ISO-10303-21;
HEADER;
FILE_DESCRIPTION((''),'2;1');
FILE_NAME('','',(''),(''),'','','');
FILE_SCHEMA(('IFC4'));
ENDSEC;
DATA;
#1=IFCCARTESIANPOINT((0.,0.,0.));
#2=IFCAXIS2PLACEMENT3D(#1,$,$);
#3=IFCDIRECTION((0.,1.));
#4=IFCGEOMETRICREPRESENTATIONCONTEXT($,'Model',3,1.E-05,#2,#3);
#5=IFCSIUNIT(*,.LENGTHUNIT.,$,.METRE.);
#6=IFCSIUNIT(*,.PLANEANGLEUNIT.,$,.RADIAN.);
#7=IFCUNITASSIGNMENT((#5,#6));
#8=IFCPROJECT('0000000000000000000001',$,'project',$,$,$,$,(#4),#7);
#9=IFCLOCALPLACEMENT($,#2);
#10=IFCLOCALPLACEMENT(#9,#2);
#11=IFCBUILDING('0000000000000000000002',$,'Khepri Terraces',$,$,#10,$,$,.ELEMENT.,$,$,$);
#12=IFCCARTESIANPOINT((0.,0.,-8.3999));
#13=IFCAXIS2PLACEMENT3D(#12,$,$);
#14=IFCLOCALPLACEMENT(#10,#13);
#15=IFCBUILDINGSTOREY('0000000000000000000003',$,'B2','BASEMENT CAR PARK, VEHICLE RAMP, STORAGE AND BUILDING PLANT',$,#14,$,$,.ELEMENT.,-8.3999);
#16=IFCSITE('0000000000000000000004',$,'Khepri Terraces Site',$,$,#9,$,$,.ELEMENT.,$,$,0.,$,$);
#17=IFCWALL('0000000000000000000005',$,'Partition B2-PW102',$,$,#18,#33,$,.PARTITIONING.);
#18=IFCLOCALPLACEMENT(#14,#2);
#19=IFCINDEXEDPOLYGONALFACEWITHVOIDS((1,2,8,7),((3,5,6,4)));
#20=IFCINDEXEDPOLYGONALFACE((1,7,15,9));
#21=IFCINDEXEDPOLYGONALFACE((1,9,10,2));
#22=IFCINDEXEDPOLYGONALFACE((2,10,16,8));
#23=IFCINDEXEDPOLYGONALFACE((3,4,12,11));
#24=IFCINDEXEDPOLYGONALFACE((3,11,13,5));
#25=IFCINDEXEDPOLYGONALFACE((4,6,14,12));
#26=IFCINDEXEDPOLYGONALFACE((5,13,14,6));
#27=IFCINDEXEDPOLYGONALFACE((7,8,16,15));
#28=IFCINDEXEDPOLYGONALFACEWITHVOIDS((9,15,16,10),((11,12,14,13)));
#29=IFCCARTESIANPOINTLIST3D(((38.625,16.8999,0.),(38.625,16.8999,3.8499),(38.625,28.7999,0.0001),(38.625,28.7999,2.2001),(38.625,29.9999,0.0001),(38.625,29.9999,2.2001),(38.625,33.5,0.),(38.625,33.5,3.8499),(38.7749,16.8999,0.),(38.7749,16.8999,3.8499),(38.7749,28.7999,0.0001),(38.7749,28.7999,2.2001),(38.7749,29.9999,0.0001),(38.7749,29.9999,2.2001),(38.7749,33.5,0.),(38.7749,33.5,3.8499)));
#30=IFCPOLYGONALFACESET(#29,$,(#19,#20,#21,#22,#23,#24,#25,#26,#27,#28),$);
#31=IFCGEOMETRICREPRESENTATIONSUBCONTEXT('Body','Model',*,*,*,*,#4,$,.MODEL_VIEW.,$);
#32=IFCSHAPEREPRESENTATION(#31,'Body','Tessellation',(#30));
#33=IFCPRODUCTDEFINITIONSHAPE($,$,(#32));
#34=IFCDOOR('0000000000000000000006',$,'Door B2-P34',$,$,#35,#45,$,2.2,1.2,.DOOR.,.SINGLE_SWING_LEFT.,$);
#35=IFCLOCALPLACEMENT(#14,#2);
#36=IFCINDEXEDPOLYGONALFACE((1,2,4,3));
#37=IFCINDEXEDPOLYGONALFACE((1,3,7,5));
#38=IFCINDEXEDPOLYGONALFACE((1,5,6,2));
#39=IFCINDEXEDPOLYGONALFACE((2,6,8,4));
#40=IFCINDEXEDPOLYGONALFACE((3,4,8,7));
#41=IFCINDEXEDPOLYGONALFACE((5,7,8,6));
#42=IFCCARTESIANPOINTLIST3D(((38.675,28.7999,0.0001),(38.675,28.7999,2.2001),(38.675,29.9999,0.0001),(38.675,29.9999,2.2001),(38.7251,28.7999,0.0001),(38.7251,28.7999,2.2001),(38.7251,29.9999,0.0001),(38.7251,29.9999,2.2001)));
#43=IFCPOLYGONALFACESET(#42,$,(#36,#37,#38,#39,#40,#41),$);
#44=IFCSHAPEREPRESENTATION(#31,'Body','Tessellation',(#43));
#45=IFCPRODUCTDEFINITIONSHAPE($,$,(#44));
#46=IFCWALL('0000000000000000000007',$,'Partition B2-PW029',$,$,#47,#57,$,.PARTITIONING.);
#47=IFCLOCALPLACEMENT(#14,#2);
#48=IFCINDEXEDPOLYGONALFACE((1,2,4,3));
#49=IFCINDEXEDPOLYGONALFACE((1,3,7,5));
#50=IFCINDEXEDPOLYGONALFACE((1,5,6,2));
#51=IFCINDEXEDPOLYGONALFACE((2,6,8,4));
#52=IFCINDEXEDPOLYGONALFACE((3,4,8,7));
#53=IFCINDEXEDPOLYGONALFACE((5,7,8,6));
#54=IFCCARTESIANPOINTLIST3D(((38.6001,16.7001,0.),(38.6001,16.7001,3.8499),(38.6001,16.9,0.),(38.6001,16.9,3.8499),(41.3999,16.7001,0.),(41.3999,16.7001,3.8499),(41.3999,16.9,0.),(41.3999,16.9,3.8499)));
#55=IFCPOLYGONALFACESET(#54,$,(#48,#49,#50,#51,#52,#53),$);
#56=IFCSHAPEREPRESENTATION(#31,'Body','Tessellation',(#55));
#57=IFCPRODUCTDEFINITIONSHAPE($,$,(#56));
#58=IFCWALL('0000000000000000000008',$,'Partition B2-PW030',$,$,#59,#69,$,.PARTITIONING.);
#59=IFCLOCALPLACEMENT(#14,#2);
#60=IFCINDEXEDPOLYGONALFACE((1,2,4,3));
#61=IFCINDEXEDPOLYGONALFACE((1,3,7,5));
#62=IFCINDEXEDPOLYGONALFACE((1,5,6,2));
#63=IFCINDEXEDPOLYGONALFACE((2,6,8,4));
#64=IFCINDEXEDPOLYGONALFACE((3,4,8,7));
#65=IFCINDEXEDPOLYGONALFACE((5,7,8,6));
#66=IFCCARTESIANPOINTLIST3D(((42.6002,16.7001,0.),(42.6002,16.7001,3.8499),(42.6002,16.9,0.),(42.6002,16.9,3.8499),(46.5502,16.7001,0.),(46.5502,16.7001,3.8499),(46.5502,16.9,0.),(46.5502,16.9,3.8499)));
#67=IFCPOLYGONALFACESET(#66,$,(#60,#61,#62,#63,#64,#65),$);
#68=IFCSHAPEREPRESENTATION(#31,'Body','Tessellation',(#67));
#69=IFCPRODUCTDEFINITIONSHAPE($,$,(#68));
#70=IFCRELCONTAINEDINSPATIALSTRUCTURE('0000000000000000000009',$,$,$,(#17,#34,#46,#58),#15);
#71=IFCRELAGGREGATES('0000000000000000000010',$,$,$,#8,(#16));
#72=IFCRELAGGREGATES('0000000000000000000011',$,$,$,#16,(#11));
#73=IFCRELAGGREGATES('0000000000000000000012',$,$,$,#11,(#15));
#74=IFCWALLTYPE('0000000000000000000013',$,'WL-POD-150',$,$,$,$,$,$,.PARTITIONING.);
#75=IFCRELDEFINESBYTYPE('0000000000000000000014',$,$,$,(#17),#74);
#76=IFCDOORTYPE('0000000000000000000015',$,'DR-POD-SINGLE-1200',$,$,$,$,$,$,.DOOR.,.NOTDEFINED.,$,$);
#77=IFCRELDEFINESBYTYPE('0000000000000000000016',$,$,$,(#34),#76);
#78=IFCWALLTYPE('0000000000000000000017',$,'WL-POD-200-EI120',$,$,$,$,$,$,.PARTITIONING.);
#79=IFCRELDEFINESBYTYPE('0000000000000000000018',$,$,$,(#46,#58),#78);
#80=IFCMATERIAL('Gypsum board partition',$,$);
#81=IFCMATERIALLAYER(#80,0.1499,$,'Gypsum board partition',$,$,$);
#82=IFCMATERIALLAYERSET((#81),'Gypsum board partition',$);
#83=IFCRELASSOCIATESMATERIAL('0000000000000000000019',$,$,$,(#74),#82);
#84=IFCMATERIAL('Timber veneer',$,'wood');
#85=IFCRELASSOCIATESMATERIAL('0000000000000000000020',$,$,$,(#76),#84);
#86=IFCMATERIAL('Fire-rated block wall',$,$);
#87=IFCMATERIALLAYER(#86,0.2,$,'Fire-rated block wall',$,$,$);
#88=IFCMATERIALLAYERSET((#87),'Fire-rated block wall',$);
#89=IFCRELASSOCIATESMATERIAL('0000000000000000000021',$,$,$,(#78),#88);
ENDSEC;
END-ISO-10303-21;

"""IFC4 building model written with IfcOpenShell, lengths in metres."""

from ifc_helpers import new_model, si_unit, direction, frame, frame_2d, origin, place, context, subcontext, project, spatial, rectangle, extrude, material, layer, layer_set, type_object, element, fill, save


model = new_model("IFC4")

# Units and contexts
model_context = context("Model", 3, precision=1e-05, world=origin(), true_north=direction((0.0, 1.0)))
body_context = subcontext(model_context, "Body", "Model", "MODEL_VIEW")
ifc_project = project(units=[si_unit("LENGTHUNIT", "METRE"), si_unit("PLANEANGLEUNIT", "RADIAN")], contexts=[model_context])

# Site, building, storey
site_placement = place(None, origin())
site = spatial("IfcSite", under=ifc_project, at=site_placement, Name="Khepri Terraces Site", CompositionType="ELEMENT", RefElevation=0.0)
building_placement = place(site_placement, origin())
building = spatial("IfcBuilding", under=site, at=building_placement, Name="Khepri Terraces", CompositionType="ELEMENT")
storey_placement = place(building_placement, frame((0.0, 0.0, -8.3999)))
storey = spatial("IfcBuildingStorey", under=building, at=storey_placement, Name="B2", Description="BASEMENT CAR PARK, VEHICLE RAMP, STORAGE AND BUILDING PLANT", CompositionType="ELEMENT", Elevation=-8.3999)

# Wall, opening, door
ifc_material_1 = material(Name="Gypsum board partition")
ifc_layer_1 = layer(ifc_material_1, 0.1499, Name="Gypsum board partition")
ifc_layer_set_1 = layer_set([ifc_layer_1], Name="Gypsum board partition")
wall_type_1 = type_object("IfcWallType", Name="WL-POD-150", PredefinedType="PARTITIONING", material=ifc_layer_set_1)
wall_1_placement = place(storey_placement, frame((38.7, 16.8999, 0.0), z_axis=(0.0, 0.0, 1.0), x_axis=(0.0, 1.0, 0.0)))
wall_1 = element("IfcWall", 1, at=wall_1_placement, inside=storey, type_object=wall_type_1, Name="Partition B2-PW102", PredefinedType="PARTITIONING", context=body_context, shape_type="SweptSolid", body=[
    extrude(rectangle(XDim=16.6001, YDim=0.1499, at=frame_2d((8.3, 0.0))), origin(), (0.0, 0.0, 1.0), 3.8499),
])
opening_placement = place(wall_1_placement, frame((11.8999, 0.0, 0.0)))
opening = element("IfcOpeningElement", 2, at=opening_placement, cuts=wall_1, PredefinedType="OPENING", context=body_context, shape_type="SweptSolid", body=[
    extrude(rectangle(XDim=1.2, YDim=2.2, at=frame_2d((0.6001, 1.1001))), frame((0.0, 0.085, 0.0), z_axis=(0.0, -1.0, 0.0), x_axis=(1.0, 0.0, 0.0)), (0.0, 0.0, 1.0), 0.1699),
])
ifc_material_2 = material(Name="Timber veneer", Category="wood")
door_type = type_object("IfcDoorType", Name="DR-POD-SINGLE-1200", OperationType="NOTDEFINED", PredefinedType="DOOR", material=ifc_material_2)
door_placement = place(opening_placement, origin())
door = element("IfcDoor", 3, at=door_placement, inside=storey, type_object=door_type, Name="Door B2-P34", OperationType="SINGLE_SWING_LEFT", OverallHeight=2.2, OverallWidth=1.2, PredefinedType="DOOR", context=body_context, shape_type="SweptSolid", body=[
    extrude(rectangle(XDim=1.2, YDim=2.2, at=frame_2d((0.6001, 1.1001))), frame((0.0, 0.0249, 0.0), z_axis=(0.0, -1.0, 0.0), x_axis=(1.0, 0.0, 0.0)), (0.0, 0.0, 1.0), 0.05),
])
fill(opening, door)

# Walls
ifc_material_3 = material(Name="Fire-rated block wall")
ifc_layer_2 = layer(ifc_material_3, 0.2, Name="Fire-rated block wall")
ifc_layer_set_2 = layer_set([ifc_layer_2], Name="Fire-rated block wall")
wall_type_2 = type_object("IfcWallType", Name="WL-POD-200-EI120", PredefinedType="PARTITIONING", material=ifc_layer_set_2)
wall_2_placement = place(storey_placement, frame((38.6001, 16.8, 0.0), z_axis=(0.0, 0.0, 1.0), x_axis=(1.0, 0.0, 0.0)))
element("IfcWall", 4, at=wall_2_placement, inside=storey, type_object=wall_type_2, Name="Partition B2-PW029", PredefinedType="PARTITIONING", context=body_context, shape_type="SweptSolid", body=[
    extrude(rectangle(XDim=2.7998, YDim=0.2, at=frame_2d((1.3999, 0.0))), origin(), (0.0, 0.0, 1.0), 3.8499),
])
wall_3_placement = place(storey_placement, frame((42.6001, 16.8, 0.0), z_axis=(0.0, 0.0, 1.0), x_axis=(1.0, 0.0, 0.0)))
element("IfcWall", 5, at=wall_3_placement, inside=storey, type_object=wall_type_2, Name="Partition B2-PW030", PredefinedType="PARTITIONING", context=body_context, shape_type="SweptSolid", body=[
    extrude(rectangle(XDim=3.95, YDim=0.2, at=frame_2d((1.9751, 0.0))), origin(), (0.0, 0.0, 1.0), 3.8499),
])

save(model, "model.ifc")
